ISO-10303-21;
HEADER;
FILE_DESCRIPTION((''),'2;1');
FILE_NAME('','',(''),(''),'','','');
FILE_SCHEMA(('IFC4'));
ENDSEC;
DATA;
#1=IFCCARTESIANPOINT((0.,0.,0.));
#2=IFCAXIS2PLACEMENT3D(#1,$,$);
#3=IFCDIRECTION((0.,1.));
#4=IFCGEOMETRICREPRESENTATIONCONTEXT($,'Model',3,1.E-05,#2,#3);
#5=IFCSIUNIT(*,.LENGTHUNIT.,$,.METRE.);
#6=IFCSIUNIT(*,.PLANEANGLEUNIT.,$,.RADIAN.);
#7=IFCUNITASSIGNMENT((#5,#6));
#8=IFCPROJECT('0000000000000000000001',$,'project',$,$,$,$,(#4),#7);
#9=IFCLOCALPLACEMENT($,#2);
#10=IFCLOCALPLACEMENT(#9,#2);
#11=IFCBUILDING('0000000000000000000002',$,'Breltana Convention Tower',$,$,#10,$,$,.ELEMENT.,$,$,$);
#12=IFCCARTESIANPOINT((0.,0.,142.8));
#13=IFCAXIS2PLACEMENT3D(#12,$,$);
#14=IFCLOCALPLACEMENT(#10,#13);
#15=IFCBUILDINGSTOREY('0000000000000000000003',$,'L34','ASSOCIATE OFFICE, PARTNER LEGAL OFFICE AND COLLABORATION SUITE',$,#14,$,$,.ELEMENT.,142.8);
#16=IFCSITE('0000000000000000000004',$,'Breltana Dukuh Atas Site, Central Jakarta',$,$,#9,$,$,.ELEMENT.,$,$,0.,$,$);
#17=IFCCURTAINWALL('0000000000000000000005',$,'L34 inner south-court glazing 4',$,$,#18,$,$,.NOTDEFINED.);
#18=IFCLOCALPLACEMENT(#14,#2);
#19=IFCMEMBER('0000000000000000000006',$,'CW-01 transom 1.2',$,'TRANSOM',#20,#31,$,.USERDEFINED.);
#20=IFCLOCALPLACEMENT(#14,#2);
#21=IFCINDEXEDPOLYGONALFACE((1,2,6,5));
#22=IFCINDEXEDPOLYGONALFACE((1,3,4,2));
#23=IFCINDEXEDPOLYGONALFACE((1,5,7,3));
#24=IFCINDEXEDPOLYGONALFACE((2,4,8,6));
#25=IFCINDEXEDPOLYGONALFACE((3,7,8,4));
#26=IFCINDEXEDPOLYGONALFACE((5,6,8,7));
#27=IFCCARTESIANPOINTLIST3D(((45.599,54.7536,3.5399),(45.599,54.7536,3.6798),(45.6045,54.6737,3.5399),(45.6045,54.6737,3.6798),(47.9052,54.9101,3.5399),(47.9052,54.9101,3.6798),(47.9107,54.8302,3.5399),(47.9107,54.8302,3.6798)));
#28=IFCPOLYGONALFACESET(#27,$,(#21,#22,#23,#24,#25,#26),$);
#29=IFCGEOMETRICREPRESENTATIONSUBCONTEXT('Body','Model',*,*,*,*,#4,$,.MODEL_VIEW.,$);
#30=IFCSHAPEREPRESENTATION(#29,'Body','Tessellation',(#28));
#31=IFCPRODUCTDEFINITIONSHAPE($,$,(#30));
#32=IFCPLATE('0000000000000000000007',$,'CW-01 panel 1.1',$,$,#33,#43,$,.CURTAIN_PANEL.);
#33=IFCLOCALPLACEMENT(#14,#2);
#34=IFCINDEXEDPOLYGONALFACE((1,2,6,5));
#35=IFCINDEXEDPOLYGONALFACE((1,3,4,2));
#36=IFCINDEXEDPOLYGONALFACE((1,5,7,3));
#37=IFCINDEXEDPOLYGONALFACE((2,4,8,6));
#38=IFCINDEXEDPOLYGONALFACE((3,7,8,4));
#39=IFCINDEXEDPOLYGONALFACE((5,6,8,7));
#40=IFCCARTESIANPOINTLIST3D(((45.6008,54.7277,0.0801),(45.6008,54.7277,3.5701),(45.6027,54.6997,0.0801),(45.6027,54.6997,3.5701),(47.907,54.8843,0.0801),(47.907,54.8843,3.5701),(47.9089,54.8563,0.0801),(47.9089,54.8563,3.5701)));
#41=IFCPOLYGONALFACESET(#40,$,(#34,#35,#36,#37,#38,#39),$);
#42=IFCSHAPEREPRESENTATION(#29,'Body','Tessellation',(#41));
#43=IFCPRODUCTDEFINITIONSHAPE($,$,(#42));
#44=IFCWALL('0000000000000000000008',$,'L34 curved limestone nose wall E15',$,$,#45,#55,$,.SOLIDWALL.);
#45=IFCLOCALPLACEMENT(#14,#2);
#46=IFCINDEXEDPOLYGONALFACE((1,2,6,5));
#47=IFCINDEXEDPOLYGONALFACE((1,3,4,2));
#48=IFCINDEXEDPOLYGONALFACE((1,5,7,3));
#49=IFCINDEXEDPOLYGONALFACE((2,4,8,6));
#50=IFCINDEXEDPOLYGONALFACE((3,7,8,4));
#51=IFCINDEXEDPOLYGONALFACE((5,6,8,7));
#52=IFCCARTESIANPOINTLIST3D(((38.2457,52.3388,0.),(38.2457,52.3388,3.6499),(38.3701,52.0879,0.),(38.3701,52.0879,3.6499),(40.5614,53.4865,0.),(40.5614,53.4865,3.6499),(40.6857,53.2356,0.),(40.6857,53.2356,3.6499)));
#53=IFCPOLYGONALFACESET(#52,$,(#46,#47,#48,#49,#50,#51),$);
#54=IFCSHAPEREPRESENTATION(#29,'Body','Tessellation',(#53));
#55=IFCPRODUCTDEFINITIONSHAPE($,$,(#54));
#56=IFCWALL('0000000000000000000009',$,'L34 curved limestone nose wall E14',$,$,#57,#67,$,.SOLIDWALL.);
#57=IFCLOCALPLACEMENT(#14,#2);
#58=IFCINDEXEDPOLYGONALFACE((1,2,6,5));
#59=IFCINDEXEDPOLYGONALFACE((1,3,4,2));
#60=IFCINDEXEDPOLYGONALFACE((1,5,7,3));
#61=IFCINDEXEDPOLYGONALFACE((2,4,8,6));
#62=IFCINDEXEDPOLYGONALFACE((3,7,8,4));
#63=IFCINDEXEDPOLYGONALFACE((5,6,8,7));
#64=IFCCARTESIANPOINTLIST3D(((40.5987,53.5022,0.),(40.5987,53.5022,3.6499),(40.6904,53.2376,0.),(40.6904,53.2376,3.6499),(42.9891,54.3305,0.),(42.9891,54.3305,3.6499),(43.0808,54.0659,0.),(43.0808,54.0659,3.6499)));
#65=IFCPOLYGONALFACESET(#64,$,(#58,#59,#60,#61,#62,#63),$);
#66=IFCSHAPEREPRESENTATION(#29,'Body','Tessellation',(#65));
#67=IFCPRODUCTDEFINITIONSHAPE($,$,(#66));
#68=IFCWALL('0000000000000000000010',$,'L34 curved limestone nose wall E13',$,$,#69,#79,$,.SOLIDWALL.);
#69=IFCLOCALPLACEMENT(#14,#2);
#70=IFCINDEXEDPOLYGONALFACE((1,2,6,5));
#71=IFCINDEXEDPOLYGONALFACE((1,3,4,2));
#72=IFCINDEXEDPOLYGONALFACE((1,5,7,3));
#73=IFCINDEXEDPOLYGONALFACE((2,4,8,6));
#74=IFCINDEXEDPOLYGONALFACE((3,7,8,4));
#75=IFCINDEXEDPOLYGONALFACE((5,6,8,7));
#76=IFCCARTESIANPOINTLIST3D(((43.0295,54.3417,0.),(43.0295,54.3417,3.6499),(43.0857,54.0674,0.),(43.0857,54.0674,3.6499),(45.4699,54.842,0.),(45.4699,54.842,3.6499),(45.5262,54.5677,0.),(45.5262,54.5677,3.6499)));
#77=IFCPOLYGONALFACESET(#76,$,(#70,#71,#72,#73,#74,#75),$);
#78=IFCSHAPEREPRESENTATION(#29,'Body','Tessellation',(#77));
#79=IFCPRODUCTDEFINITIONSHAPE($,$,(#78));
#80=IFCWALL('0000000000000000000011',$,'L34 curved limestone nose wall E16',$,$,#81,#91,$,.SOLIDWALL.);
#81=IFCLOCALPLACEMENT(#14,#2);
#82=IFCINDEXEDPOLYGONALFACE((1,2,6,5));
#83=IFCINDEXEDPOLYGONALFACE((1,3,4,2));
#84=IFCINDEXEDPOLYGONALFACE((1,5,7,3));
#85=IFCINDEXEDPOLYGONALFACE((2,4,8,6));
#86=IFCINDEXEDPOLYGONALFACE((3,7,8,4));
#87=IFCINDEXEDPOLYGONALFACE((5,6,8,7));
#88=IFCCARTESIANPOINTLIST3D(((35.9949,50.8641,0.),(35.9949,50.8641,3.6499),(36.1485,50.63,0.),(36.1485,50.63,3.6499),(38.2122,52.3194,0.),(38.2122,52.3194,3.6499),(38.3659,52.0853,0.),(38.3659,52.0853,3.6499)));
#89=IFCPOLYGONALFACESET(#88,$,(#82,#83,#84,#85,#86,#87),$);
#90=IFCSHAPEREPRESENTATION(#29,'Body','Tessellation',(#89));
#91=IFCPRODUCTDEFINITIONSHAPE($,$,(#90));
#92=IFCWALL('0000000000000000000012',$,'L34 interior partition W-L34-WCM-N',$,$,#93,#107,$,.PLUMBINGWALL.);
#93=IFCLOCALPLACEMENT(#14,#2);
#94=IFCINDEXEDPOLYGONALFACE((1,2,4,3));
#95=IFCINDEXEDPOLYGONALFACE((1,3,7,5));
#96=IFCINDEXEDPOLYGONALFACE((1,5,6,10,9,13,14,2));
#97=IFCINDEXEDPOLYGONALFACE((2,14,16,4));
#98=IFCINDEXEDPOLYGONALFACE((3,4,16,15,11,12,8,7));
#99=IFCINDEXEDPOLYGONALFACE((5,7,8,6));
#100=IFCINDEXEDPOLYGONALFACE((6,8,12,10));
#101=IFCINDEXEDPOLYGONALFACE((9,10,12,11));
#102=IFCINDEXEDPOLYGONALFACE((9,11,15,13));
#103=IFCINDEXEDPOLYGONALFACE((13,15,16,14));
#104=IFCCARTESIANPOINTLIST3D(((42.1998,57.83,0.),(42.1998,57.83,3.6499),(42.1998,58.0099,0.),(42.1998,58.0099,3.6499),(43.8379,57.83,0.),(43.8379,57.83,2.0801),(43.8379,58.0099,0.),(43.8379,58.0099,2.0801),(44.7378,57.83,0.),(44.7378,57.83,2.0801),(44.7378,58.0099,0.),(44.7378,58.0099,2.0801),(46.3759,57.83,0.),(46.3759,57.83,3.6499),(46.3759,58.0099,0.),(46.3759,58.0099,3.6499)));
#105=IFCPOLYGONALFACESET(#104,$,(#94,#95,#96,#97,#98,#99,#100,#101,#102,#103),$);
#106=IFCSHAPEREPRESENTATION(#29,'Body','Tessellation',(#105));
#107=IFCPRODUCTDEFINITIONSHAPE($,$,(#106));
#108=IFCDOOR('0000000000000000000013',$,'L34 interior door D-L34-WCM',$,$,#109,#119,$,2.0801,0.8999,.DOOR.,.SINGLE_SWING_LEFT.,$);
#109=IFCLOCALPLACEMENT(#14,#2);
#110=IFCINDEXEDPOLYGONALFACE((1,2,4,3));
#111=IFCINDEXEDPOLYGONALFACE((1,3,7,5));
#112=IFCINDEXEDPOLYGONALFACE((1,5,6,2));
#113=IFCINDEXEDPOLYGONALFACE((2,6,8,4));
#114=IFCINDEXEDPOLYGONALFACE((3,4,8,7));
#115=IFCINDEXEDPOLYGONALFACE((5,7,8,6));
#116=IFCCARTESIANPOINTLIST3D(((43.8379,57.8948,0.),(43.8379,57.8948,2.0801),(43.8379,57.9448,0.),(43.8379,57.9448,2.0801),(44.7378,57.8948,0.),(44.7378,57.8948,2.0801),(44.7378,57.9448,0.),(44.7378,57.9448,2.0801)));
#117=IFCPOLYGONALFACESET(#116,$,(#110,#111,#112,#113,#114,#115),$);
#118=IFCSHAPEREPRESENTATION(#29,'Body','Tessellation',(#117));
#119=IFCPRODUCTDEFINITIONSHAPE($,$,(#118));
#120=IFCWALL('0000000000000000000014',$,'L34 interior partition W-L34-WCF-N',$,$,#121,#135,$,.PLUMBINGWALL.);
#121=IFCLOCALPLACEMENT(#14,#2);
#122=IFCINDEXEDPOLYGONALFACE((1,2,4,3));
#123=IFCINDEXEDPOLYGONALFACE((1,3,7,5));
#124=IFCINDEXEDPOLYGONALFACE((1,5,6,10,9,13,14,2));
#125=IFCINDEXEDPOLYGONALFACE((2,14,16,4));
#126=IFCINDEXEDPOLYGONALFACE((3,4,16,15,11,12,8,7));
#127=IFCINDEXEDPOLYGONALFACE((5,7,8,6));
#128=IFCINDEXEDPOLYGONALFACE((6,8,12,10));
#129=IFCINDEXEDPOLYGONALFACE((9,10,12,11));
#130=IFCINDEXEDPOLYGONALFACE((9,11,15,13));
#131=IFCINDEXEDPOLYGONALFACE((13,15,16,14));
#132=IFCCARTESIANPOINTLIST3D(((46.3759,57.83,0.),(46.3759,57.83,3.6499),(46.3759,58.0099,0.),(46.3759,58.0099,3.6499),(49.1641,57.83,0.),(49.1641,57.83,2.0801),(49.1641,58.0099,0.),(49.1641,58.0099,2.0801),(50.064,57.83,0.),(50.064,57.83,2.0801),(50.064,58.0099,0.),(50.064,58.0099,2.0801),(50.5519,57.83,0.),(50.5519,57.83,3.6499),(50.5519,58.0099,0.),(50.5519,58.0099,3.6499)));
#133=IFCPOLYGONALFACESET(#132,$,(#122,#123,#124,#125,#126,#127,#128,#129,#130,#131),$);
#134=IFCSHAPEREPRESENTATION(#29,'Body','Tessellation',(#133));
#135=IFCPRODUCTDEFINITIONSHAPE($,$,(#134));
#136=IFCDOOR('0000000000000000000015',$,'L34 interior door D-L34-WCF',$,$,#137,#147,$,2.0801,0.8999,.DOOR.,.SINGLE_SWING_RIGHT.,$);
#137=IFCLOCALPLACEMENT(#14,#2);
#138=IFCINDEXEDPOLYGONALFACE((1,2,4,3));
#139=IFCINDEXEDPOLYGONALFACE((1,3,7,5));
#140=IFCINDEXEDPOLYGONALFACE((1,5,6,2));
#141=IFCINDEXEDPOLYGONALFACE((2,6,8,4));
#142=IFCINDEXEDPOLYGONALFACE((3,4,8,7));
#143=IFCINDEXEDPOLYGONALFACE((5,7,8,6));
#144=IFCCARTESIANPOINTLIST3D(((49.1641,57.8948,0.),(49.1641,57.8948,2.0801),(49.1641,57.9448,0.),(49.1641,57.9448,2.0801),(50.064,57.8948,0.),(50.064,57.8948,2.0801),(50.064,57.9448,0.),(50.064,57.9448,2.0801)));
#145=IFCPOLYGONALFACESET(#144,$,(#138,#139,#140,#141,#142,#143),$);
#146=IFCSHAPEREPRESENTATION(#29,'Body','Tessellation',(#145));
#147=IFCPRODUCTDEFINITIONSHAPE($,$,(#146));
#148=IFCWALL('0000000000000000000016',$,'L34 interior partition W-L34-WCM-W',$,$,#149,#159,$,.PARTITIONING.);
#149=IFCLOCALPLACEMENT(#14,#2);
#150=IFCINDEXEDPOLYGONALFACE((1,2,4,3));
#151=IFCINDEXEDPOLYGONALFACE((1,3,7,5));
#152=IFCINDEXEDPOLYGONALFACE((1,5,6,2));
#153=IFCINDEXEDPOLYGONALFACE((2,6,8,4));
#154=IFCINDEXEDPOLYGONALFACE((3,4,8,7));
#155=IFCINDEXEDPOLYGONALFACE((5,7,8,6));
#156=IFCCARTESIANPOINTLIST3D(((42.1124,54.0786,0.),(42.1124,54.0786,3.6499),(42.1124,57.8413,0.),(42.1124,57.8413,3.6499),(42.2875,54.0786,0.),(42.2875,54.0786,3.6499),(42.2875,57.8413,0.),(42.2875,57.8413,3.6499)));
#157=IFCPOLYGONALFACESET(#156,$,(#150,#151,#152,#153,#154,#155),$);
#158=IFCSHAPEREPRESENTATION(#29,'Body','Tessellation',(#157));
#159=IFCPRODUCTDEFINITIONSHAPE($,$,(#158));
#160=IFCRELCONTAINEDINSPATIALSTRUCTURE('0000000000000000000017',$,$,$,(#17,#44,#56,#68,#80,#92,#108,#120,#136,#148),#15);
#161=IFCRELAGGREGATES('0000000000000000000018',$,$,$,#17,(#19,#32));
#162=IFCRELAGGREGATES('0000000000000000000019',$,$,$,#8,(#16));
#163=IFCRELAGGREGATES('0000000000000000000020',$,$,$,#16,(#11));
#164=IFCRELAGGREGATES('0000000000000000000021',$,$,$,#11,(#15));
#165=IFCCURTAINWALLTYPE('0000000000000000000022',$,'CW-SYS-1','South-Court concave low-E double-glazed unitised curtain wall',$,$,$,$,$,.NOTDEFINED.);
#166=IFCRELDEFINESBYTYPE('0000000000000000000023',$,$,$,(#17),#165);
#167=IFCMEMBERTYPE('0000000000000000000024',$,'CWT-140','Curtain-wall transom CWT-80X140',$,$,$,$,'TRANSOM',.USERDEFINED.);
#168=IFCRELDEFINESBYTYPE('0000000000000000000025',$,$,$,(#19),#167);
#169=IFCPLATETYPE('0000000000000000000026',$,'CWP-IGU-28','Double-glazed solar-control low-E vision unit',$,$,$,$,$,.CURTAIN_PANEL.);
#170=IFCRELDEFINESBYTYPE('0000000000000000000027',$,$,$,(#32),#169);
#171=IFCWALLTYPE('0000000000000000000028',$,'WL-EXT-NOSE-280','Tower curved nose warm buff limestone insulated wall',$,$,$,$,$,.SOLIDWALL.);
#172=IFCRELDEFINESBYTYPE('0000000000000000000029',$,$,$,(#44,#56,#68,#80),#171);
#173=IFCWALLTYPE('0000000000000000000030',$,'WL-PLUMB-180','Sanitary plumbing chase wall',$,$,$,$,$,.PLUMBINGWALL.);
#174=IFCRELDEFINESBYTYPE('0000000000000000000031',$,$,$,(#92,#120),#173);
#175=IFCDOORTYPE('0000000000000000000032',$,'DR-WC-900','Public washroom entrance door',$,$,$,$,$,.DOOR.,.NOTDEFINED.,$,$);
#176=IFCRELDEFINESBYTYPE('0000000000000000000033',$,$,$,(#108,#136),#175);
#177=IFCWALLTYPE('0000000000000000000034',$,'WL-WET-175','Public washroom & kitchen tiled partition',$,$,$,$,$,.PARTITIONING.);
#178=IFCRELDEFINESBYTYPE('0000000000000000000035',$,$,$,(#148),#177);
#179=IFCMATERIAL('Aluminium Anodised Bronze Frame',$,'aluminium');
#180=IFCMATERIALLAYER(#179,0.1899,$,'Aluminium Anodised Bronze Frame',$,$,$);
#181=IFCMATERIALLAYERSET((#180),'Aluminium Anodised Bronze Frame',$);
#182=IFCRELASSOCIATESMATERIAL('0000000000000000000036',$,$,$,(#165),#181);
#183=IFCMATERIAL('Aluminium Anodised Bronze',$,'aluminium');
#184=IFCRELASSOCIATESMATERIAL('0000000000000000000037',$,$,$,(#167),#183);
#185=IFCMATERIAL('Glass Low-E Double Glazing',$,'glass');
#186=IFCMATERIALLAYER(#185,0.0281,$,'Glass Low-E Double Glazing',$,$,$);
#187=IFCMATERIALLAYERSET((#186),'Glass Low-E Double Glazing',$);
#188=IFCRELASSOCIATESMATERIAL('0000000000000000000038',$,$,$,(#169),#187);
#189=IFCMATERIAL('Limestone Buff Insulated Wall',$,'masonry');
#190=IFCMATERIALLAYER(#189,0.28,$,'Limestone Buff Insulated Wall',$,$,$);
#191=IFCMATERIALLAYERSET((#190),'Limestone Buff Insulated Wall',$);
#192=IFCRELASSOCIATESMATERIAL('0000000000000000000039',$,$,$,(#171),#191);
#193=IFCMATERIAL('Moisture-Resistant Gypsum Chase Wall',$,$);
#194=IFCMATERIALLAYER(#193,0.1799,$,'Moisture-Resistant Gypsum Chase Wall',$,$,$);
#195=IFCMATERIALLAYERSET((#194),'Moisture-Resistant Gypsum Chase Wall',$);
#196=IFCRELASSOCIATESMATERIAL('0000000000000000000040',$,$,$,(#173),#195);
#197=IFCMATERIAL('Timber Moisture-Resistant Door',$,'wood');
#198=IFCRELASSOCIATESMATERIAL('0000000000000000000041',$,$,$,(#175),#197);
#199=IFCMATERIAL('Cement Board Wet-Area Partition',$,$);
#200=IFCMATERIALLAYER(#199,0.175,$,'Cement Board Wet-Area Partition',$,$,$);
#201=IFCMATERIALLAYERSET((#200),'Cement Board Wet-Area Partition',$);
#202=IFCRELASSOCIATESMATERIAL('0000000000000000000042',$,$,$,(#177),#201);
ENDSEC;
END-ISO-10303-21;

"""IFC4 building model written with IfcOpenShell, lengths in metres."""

from ifc_helpers import new_model, si_unit, direction, frame, frame_2d, origin, origin_2d, place, context, subcontext, project, spatial, rectangle, extrude, source, transform, mapped, material, layer, layer_set, material_profile, profile_set, type_object, type_shapes, element, fill, aggregate, save


model = new_model("IFC4")

# Units and contexts
model_context = context("Model", 3, precision=1e-05, world=origin(), true_north=direction((0.0, 1.0)))
body_context = subcontext(model_context, "Body", "Model", "MODEL_VIEW")
ifc_project = project(units=[si_unit("LENGTHUNIT", "METRE"), si_unit("PLANEANGLEUNIT", "RADIAN")], contexts=[model_context])

# Site, building, storey
site_placement = place(None, origin())
site = spatial("IfcSite", under=ifc_project, at=site_placement, Name="Breltana Dukuh Atas Site, Central Jakarta", CompositionType="ELEMENT", RefElevation=0.0)
building_placement = place(site_placement, origin())
building = spatial("IfcBuilding", under=site, at=building_placement, Name="Breltana Convention Tower", CompositionType="ELEMENT")
storey_placement = place(building_placement, frame((0.0, 0.0, 142.8)))
storey = spatial("IfcBuildingStorey", under=building, at=storey_placement, Name="L34", Description="ASSOCIATE OFFICE, PARTNER LEGAL OFFICE AND COLLABORATION SUITE", CompositionType="ELEMENT", Elevation=142.8)

# Curtain wall, member, plate
ifc_material_1 = material(Name="Aluminium Anodised Bronze Frame", Category="aluminium")
ifc_layer_1 = layer(ifc_material_1, 0.1899, Name="Aluminium Anodised Bronze Frame")
ifc_layer_set_1 = layer_set([ifc_layer_1], Name="Aluminium Anodised Bronze Frame")
curtain_wall_type = type_object("IfcCurtainWallType", Name="CW-SYS-1", Description="South-Court concave low-E double-glazed unitised curtain wall", PredefinedType="NOTDEFINED", material=ifc_layer_set_1)
curtain_wall_placement = place(storey_placement, origin())
curtain_wall = element("IfcCurtainWall", 1, at=curtain_wall_placement, inside=storey, type_object=curtain_wall_type, Name="L34 inner south-court glazing 4", PredefinedType="NOTDEFINED")
ifc_material_2 = material(Name="Aluminium Anodised Bronze", Category="aluminium")
ifc_material_profile_1 = material_profile(ifc_material_2, rectangle(XDim=0.0801, YDim=0.1399, at=origin_2d()), Name="CWT-80X140")
ifc_profile_set_1 = profile_set([ifc_material_profile_1], Name="Aluminium Anodised Bronze")
member_type_1 = type_object("IfcMemberType", Name="CWT-140", Description="Curtain-wall transom CWT-80X140", ElementType="TRANSOM", PredefinedType="USERDEFINED", material=ifc_profile_set_1)
shared_shape_1 = source(origin(), body_context, "Body", "SweptSolid", [
    extrude(rectangle(XDim=0.0801, YDim=0.1399, at=origin_2d()), origin(), (0.0, 0.0, 1.0), 2.3115),
])
member_1_placement = place(storey_placement, frame((47.908, 54.8701, 3.6099), z_axis=(-0.997705, -0.067704, 0.0), x_axis=(0.067704, -0.997705, 0.0)))
member_1 = element("IfcMember", 2, at=member_1_placement, type_object=member_type_1, Name="CW-01 transom 1.2", ObjectType="TRANSOM", PredefinedType="USERDEFINED", context=body_context, shape_type="MappedRepresentation", body=[
    mapped(shared_shape_1, transform((0.0, 0.0, 0.0), scale=1.0)),
])
ifc_material_3 = material(Name="Glass Low-E Double Glazing", Category="glass")
ifc_layer_2 = layer(ifc_material_3, 0.0281, Name="Glass Low-E Double Glazing")
ifc_layer_set_2 = layer_set([ifc_layer_2], Name="Glass Low-E Double Glazing")
plate_type = type_object("IfcPlateType", Name="CWP-IGU-28", Description="Double-glazed solar-control low-E vision unit", PredefinedType="CURTAIN_PANEL", material=ifc_layer_set_2)
shared_shape_2 = source(origin(), body_context, "Body", "SweptSolid", [
    extrude(rectangle(XDim=2.3115, YDim=0.0281, at=origin_2d()), origin(), (0.0, 0.0, 1.0), 3.49),
])
plate_placement = place(storey_placement, frame((46.7549, 54.792, 0.0801), z_axis=(0.0, 0.0, 1.0), x_axis=(-0.997703, -0.067733, 0.0)))
plate = element("IfcPlate", 3, at=plate_placement, type_object=plate_type, Name="CW-01 panel 1.1", PredefinedType="CURTAIN_PANEL", context=body_context, shape_type="MappedRepresentation", body=[
    mapped(shared_shape_2, transform((0.0, 0.0, 0.0), scale=1.0)),
])
aggregate(curtain_wall, [member_1, plate])

# Walls
ifc_material_4 = material(Name="Limestone Buff Insulated Wall", Category="masonry")
ifc_layer_3 = layer(ifc_material_4, 0.28, Name="Limestone Buff Insulated Wall")
ifc_layer_set_3 = layer_set([ifc_layer_3], Name="Limestone Buff Insulated Wall")
wall_type_1 = type_object("IfcWallType", Name="WL-EXT-NOSE-280", Description="Tower curved nose warm buff limestone insulated wall", PredefinedType="SOLIDWALL", material=ifc_layer_set_3)
shared_shape_3 = source(origin(), body_context, "Body", "SweptSolid", [
    extrude(rectangle(XDim=2.5845, YDim=0.28, at=frame_2d((1.2922, 0.0))), origin(), (0.0, 0.0, 1.0), 3.6499),
])
wall_1_placement = place(storey_placement, frame((40.6235, 53.3611, 0.0), z_axis=(0.0, 0.0, 1.0), x_axis=(-0.89599, -0.444075, 0.0)))
element("IfcWall", 4, at=wall_1_placement, inside=storey, type_object=wall_type_1, Name="L34 curved limestone nose wall E15", PredefinedType="SOLIDWALL", context=body_context, shape_type="MappedRepresentation", body=[
    mapped(shared_shape_3, transform((0.0, 0.0, 0.0), scale=1.0)),
])
shared_shape_4 = source(origin(), body_context, "Body", "SweptSolid", [
    extrude(rectangle(XDim=2.5298, YDim=0.28, at=frame_2d((1.2649, 0.0))), origin(), (0.0, 0.0, 1.0), 3.6499),
])
wall_2_placement = place(storey_placement, frame((43.0349, 54.1982, 0.0), z_axis=(0.0, 0.0, 1.0), x_axis=(-0.944872, -0.327439, 0.0)))
element("IfcWall", 5, at=wall_2_placement, inside=storey, type_object=wall_type_1, Name="L34 curved limestone nose wall E14", PredefinedType="SOLIDWALL", context=body_context, shape_type="MappedRepresentation", body=[
    mapped(shared_shape_4, transform((0.0, 0.0, 0.0), scale=1.0)),
])
shared_shape_5 = source(origin(), body_context, "Body", "SweptSolid", [
    extrude(rectangle(XDim=2.4912, YDim=0.28, at=frame_2d((1.2456, 0.0))), origin(), (0.0, 0.0, 1.0), 3.6499),
])
wall_3_placement = place(storey_placement, frame((45.498, 54.7048, 0.0), z_axis=(0.0, 0.0, 1.0), x_axis=(-0.979631, -0.200807, 0.0)))
element("IfcWall", 6, at=wall_3_placement, inside=storey, type_object=wall_type_1, Name="L34 curved limestone nose wall E13", PredefinedType="SOLIDWALL", context=body_context, shape_type="MappedRepresentation", body=[
    mapped(shared_shape_5, transform((0.0, 0.0, 0.0), scale=1.0)),
])
shared_shape_6 = source(origin(), body_context, "Body", "SweptSolid", [
    extrude(rectangle(XDim=2.6523, YDim=0.28, at=frame_2d((1.3262, 0.0))), origin(), (0.0, 0.0, 1.0), 3.6499),
])
wall_4_placement = place(storey_placement, frame((38.2891, 52.2024, 0.0), z_axis=(0.0, 0.0, 1.0), x_axis=(-0.836008, -0.548717, 0.0)))
element("IfcWall", 7, at=wall_4_placement, inside=storey, type_object=wall_type_1, Name="L34 curved limestone nose wall E16", PredefinedType="SOLIDWALL", context=body_context, shape_type="MappedRepresentation", body=[
    mapped(shared_shape_6, transform((0.0, 0.0, 0.0), scale=1.0)),
])

# Walls, openings, doors
ifc_material_5 = material(Name="Moisture-Resistant Gypsum Chase Wall")
ifc_layer_4 = layer(ifc_material_5, 0.1799, Name="Moisture-Resistant Gypsum Chase Wall")
ifc_layer_set_4 = layer_set([ifc_layer_4], Name="Moisture-Resistant Gypsum Chase Wall")
wall_type_2 = type_object("IfcWallType", Name="WL-PLUMB-180", Description="Sanitary plumbing chase wall", PredefinedType="PLUMBINGWALL", material=ifc_layer_set_4)
shared_shape_7 = source(origin(), body_context, "Body", "SweptSolid", [
    extrude(rectangle(XDim=4.176, YDim=0.1799, at=frame_2d((2.0879, 0.0))), origin(), (0.0, 0.0, 1.0), 3.6499),
])
wall_5_placement = place(storey_placement, frame((42.2, 57.9199, 0.0), z_axis=(0.0, 0.0, 1.0), x_axis=(1.0, 0.0, 0.0)))
wall_5 = element("IfcWall", 8, at=wall_5_placement, inside=storey, type_object=wall_type_2, Name="L34 interior partition W-L34-WCM-N", PredefinedType="PLUMBINGWALL", context=body_context, shape_type="MappedRepresentation", body=[
    mapped(shared_shape_7, transform((0.0, 0.0, 0.0), scale=1.0)),
])
opening_1_placement = place(wall_5_placement, frame((1.6379, 0.0, 0.0)))
opening_1 = element("IfcOpeningElement", 9, at=opening_1_placement, cuts=wall_5, PredefinedType="OPENING", context=body_context, shape_type="SweptSolid", body=[
    extrude(rectangle(XDim=0.8999, YDim=2.0801, at=frame_2d((0.45, 1.04))), frame((0.0, 0.1001, 0.0), z_axis=(0.0, -1.0, 0.0), x_axis=(1.0, 0.0, 0.0)), (0.0, 0.0, 1.0), 0.2),
])
ifc_material_6 = material(Name="Timber Moisture-Resistant Door", Category="wood")
door_type = type_object("IfcDoorType", Name="DR-WC-900", Description="Public washroom entrance door", OperationType="NOTDEFINED", PredefinedType="DOOR", material=ifc_material_6)
shared_shape_8 = source(origin(), body_context, "Body", "SweptSolid", [
    extrude(rectangle(XDim=0.8999, YDim=2.0801, at=frame_2d((0.45, 1.04))), frame((0.0, 0.0249, 0.0), z_axis=(0.0, -1.0, 0.0), x_axis=(1.0, 0.0, 0.0)), (0.0, 0.0, 1.0), 0.05),
])
type_shapes(door_type, [shared_shape_8])
door_1_placement = place(opening_1_placement, origin())
door_1 = element("IfcDoor", 10, at=door_1_placement, inside=storey, type_object=door_type, Name="L34 interior door D-L34-WCM", OperationType="SINGLE_SWING_LEFT", OverallHeight=2.0801, OverallWidth=0.8999, PredefinedType="DOOR", context=body_context, shape_type="MappedRepresentation", body=[
    mapped(shared_shape_8, transform((0.0, 0.0, 0.0), scale=1.0)),
])
fill(opening_1, door_1)
wall_6_placement = place(storey_placement, frame((46.376, 57.9199, 0.0), z_axis=(0.0, 0.0, 1.0), x_axis=(1.0, 0.0, 0.0)))
wall_6 = element("IfcWall", 11, at=wall_6_placement, inside=storey, type_object=wall_type_2, Name="L34 interior partition W-L34-WCF-N", PredefinedType="PLUMBINGWALL", context=body_context, shape_type="MappedRepresentation", body=[
    mapped(shared_shape_7, transform((0.0, 0.0, 0.0), scale=1.0)),
])
opening_2_placement = place(wall_6_placement, frame((2.7881, 0.0, 0.0)))
opening_2 = element("IfcOpeningElement", 12, at=opening_2_placement, cuts=wall_6, PredefinedType="OPENING", context=body_context, shape_type="SweptSolid", body=[
    extrude(rectangle(XDim=0.8999, YDim=2.0801, at=frame_2d((0.45, 1.04))), frame((0.0, 0.1001, 0.0), z_axis=(0.0, -1.0, 0.0), x_axis=(1.0, 0.0, 0.0)), (0.0, 0.0, 1.0), 0.2),
])
door_2_placement = place(opening_2_placement, origin())
door_2 = element("IfcDoor", 13, at=door_2_placement, inside=storey, type_object=door_type, Name="L34 interior door D-L34-WCF", OperationType="SINGLE_SWING_RIGHT", OverallHeight=2.0801, OverallWidth=0.8999, PredefinedType="DOOR", context=body_context, shape_type="MappedRepresentation", body=[
    mapped(shared_shape_8, transform((0.0, 0.0, 0.0), scale=1.0)),
])
fill(opening_2, door_2)

# Wall
ifc_material_7 = material(Name="Cement Board Wet-Area Partition")
ifc_layer_5 = layer(ifc_material_7, 0.175, Name="Cement Board Wet-Area Partition")
ifc_layer_set_5 = layer_set([ifc_layer_5], Name="Cement Board Wet-Area Partition")
wall_type_3 = type_object("IfcWallType", Name="WL-WET-175", Description="Public washroom & kitchen tiled partition", PredefinedType="PARTITIONING", material=ifc_layer_set_5)
shared_shape_9 = source(origin(), body_context, "Body", "SweptSolid", [
    extrude(rectangle(XDim=3.7627, YDim=0.175, at=frame_2d((1.8813, 0.0))), origin(), (0.0, 0.0, 1.0), 3.6499),
])
wall_7_placement = place(storey_placement, frame((42.2, 54.0786, 0.0), z_axis=(0.0, 0.0, 1.0), x_axis=(0.0, 1.0, 0.0)))
element("IfcWall", 14, at=wall_7_placement, inside=storey, type_object=wall_type_3, Name="L34 interior partition W-L34-WCM-W", PredefinedType="PARTITIONING", context=body_context, shape_type="MappedRepresentation", body=[
    mapped(shared_shape_9, transform((0.0, 0.0, 0.0), scale=1.0)),
])

save(model, "model.ifc")
